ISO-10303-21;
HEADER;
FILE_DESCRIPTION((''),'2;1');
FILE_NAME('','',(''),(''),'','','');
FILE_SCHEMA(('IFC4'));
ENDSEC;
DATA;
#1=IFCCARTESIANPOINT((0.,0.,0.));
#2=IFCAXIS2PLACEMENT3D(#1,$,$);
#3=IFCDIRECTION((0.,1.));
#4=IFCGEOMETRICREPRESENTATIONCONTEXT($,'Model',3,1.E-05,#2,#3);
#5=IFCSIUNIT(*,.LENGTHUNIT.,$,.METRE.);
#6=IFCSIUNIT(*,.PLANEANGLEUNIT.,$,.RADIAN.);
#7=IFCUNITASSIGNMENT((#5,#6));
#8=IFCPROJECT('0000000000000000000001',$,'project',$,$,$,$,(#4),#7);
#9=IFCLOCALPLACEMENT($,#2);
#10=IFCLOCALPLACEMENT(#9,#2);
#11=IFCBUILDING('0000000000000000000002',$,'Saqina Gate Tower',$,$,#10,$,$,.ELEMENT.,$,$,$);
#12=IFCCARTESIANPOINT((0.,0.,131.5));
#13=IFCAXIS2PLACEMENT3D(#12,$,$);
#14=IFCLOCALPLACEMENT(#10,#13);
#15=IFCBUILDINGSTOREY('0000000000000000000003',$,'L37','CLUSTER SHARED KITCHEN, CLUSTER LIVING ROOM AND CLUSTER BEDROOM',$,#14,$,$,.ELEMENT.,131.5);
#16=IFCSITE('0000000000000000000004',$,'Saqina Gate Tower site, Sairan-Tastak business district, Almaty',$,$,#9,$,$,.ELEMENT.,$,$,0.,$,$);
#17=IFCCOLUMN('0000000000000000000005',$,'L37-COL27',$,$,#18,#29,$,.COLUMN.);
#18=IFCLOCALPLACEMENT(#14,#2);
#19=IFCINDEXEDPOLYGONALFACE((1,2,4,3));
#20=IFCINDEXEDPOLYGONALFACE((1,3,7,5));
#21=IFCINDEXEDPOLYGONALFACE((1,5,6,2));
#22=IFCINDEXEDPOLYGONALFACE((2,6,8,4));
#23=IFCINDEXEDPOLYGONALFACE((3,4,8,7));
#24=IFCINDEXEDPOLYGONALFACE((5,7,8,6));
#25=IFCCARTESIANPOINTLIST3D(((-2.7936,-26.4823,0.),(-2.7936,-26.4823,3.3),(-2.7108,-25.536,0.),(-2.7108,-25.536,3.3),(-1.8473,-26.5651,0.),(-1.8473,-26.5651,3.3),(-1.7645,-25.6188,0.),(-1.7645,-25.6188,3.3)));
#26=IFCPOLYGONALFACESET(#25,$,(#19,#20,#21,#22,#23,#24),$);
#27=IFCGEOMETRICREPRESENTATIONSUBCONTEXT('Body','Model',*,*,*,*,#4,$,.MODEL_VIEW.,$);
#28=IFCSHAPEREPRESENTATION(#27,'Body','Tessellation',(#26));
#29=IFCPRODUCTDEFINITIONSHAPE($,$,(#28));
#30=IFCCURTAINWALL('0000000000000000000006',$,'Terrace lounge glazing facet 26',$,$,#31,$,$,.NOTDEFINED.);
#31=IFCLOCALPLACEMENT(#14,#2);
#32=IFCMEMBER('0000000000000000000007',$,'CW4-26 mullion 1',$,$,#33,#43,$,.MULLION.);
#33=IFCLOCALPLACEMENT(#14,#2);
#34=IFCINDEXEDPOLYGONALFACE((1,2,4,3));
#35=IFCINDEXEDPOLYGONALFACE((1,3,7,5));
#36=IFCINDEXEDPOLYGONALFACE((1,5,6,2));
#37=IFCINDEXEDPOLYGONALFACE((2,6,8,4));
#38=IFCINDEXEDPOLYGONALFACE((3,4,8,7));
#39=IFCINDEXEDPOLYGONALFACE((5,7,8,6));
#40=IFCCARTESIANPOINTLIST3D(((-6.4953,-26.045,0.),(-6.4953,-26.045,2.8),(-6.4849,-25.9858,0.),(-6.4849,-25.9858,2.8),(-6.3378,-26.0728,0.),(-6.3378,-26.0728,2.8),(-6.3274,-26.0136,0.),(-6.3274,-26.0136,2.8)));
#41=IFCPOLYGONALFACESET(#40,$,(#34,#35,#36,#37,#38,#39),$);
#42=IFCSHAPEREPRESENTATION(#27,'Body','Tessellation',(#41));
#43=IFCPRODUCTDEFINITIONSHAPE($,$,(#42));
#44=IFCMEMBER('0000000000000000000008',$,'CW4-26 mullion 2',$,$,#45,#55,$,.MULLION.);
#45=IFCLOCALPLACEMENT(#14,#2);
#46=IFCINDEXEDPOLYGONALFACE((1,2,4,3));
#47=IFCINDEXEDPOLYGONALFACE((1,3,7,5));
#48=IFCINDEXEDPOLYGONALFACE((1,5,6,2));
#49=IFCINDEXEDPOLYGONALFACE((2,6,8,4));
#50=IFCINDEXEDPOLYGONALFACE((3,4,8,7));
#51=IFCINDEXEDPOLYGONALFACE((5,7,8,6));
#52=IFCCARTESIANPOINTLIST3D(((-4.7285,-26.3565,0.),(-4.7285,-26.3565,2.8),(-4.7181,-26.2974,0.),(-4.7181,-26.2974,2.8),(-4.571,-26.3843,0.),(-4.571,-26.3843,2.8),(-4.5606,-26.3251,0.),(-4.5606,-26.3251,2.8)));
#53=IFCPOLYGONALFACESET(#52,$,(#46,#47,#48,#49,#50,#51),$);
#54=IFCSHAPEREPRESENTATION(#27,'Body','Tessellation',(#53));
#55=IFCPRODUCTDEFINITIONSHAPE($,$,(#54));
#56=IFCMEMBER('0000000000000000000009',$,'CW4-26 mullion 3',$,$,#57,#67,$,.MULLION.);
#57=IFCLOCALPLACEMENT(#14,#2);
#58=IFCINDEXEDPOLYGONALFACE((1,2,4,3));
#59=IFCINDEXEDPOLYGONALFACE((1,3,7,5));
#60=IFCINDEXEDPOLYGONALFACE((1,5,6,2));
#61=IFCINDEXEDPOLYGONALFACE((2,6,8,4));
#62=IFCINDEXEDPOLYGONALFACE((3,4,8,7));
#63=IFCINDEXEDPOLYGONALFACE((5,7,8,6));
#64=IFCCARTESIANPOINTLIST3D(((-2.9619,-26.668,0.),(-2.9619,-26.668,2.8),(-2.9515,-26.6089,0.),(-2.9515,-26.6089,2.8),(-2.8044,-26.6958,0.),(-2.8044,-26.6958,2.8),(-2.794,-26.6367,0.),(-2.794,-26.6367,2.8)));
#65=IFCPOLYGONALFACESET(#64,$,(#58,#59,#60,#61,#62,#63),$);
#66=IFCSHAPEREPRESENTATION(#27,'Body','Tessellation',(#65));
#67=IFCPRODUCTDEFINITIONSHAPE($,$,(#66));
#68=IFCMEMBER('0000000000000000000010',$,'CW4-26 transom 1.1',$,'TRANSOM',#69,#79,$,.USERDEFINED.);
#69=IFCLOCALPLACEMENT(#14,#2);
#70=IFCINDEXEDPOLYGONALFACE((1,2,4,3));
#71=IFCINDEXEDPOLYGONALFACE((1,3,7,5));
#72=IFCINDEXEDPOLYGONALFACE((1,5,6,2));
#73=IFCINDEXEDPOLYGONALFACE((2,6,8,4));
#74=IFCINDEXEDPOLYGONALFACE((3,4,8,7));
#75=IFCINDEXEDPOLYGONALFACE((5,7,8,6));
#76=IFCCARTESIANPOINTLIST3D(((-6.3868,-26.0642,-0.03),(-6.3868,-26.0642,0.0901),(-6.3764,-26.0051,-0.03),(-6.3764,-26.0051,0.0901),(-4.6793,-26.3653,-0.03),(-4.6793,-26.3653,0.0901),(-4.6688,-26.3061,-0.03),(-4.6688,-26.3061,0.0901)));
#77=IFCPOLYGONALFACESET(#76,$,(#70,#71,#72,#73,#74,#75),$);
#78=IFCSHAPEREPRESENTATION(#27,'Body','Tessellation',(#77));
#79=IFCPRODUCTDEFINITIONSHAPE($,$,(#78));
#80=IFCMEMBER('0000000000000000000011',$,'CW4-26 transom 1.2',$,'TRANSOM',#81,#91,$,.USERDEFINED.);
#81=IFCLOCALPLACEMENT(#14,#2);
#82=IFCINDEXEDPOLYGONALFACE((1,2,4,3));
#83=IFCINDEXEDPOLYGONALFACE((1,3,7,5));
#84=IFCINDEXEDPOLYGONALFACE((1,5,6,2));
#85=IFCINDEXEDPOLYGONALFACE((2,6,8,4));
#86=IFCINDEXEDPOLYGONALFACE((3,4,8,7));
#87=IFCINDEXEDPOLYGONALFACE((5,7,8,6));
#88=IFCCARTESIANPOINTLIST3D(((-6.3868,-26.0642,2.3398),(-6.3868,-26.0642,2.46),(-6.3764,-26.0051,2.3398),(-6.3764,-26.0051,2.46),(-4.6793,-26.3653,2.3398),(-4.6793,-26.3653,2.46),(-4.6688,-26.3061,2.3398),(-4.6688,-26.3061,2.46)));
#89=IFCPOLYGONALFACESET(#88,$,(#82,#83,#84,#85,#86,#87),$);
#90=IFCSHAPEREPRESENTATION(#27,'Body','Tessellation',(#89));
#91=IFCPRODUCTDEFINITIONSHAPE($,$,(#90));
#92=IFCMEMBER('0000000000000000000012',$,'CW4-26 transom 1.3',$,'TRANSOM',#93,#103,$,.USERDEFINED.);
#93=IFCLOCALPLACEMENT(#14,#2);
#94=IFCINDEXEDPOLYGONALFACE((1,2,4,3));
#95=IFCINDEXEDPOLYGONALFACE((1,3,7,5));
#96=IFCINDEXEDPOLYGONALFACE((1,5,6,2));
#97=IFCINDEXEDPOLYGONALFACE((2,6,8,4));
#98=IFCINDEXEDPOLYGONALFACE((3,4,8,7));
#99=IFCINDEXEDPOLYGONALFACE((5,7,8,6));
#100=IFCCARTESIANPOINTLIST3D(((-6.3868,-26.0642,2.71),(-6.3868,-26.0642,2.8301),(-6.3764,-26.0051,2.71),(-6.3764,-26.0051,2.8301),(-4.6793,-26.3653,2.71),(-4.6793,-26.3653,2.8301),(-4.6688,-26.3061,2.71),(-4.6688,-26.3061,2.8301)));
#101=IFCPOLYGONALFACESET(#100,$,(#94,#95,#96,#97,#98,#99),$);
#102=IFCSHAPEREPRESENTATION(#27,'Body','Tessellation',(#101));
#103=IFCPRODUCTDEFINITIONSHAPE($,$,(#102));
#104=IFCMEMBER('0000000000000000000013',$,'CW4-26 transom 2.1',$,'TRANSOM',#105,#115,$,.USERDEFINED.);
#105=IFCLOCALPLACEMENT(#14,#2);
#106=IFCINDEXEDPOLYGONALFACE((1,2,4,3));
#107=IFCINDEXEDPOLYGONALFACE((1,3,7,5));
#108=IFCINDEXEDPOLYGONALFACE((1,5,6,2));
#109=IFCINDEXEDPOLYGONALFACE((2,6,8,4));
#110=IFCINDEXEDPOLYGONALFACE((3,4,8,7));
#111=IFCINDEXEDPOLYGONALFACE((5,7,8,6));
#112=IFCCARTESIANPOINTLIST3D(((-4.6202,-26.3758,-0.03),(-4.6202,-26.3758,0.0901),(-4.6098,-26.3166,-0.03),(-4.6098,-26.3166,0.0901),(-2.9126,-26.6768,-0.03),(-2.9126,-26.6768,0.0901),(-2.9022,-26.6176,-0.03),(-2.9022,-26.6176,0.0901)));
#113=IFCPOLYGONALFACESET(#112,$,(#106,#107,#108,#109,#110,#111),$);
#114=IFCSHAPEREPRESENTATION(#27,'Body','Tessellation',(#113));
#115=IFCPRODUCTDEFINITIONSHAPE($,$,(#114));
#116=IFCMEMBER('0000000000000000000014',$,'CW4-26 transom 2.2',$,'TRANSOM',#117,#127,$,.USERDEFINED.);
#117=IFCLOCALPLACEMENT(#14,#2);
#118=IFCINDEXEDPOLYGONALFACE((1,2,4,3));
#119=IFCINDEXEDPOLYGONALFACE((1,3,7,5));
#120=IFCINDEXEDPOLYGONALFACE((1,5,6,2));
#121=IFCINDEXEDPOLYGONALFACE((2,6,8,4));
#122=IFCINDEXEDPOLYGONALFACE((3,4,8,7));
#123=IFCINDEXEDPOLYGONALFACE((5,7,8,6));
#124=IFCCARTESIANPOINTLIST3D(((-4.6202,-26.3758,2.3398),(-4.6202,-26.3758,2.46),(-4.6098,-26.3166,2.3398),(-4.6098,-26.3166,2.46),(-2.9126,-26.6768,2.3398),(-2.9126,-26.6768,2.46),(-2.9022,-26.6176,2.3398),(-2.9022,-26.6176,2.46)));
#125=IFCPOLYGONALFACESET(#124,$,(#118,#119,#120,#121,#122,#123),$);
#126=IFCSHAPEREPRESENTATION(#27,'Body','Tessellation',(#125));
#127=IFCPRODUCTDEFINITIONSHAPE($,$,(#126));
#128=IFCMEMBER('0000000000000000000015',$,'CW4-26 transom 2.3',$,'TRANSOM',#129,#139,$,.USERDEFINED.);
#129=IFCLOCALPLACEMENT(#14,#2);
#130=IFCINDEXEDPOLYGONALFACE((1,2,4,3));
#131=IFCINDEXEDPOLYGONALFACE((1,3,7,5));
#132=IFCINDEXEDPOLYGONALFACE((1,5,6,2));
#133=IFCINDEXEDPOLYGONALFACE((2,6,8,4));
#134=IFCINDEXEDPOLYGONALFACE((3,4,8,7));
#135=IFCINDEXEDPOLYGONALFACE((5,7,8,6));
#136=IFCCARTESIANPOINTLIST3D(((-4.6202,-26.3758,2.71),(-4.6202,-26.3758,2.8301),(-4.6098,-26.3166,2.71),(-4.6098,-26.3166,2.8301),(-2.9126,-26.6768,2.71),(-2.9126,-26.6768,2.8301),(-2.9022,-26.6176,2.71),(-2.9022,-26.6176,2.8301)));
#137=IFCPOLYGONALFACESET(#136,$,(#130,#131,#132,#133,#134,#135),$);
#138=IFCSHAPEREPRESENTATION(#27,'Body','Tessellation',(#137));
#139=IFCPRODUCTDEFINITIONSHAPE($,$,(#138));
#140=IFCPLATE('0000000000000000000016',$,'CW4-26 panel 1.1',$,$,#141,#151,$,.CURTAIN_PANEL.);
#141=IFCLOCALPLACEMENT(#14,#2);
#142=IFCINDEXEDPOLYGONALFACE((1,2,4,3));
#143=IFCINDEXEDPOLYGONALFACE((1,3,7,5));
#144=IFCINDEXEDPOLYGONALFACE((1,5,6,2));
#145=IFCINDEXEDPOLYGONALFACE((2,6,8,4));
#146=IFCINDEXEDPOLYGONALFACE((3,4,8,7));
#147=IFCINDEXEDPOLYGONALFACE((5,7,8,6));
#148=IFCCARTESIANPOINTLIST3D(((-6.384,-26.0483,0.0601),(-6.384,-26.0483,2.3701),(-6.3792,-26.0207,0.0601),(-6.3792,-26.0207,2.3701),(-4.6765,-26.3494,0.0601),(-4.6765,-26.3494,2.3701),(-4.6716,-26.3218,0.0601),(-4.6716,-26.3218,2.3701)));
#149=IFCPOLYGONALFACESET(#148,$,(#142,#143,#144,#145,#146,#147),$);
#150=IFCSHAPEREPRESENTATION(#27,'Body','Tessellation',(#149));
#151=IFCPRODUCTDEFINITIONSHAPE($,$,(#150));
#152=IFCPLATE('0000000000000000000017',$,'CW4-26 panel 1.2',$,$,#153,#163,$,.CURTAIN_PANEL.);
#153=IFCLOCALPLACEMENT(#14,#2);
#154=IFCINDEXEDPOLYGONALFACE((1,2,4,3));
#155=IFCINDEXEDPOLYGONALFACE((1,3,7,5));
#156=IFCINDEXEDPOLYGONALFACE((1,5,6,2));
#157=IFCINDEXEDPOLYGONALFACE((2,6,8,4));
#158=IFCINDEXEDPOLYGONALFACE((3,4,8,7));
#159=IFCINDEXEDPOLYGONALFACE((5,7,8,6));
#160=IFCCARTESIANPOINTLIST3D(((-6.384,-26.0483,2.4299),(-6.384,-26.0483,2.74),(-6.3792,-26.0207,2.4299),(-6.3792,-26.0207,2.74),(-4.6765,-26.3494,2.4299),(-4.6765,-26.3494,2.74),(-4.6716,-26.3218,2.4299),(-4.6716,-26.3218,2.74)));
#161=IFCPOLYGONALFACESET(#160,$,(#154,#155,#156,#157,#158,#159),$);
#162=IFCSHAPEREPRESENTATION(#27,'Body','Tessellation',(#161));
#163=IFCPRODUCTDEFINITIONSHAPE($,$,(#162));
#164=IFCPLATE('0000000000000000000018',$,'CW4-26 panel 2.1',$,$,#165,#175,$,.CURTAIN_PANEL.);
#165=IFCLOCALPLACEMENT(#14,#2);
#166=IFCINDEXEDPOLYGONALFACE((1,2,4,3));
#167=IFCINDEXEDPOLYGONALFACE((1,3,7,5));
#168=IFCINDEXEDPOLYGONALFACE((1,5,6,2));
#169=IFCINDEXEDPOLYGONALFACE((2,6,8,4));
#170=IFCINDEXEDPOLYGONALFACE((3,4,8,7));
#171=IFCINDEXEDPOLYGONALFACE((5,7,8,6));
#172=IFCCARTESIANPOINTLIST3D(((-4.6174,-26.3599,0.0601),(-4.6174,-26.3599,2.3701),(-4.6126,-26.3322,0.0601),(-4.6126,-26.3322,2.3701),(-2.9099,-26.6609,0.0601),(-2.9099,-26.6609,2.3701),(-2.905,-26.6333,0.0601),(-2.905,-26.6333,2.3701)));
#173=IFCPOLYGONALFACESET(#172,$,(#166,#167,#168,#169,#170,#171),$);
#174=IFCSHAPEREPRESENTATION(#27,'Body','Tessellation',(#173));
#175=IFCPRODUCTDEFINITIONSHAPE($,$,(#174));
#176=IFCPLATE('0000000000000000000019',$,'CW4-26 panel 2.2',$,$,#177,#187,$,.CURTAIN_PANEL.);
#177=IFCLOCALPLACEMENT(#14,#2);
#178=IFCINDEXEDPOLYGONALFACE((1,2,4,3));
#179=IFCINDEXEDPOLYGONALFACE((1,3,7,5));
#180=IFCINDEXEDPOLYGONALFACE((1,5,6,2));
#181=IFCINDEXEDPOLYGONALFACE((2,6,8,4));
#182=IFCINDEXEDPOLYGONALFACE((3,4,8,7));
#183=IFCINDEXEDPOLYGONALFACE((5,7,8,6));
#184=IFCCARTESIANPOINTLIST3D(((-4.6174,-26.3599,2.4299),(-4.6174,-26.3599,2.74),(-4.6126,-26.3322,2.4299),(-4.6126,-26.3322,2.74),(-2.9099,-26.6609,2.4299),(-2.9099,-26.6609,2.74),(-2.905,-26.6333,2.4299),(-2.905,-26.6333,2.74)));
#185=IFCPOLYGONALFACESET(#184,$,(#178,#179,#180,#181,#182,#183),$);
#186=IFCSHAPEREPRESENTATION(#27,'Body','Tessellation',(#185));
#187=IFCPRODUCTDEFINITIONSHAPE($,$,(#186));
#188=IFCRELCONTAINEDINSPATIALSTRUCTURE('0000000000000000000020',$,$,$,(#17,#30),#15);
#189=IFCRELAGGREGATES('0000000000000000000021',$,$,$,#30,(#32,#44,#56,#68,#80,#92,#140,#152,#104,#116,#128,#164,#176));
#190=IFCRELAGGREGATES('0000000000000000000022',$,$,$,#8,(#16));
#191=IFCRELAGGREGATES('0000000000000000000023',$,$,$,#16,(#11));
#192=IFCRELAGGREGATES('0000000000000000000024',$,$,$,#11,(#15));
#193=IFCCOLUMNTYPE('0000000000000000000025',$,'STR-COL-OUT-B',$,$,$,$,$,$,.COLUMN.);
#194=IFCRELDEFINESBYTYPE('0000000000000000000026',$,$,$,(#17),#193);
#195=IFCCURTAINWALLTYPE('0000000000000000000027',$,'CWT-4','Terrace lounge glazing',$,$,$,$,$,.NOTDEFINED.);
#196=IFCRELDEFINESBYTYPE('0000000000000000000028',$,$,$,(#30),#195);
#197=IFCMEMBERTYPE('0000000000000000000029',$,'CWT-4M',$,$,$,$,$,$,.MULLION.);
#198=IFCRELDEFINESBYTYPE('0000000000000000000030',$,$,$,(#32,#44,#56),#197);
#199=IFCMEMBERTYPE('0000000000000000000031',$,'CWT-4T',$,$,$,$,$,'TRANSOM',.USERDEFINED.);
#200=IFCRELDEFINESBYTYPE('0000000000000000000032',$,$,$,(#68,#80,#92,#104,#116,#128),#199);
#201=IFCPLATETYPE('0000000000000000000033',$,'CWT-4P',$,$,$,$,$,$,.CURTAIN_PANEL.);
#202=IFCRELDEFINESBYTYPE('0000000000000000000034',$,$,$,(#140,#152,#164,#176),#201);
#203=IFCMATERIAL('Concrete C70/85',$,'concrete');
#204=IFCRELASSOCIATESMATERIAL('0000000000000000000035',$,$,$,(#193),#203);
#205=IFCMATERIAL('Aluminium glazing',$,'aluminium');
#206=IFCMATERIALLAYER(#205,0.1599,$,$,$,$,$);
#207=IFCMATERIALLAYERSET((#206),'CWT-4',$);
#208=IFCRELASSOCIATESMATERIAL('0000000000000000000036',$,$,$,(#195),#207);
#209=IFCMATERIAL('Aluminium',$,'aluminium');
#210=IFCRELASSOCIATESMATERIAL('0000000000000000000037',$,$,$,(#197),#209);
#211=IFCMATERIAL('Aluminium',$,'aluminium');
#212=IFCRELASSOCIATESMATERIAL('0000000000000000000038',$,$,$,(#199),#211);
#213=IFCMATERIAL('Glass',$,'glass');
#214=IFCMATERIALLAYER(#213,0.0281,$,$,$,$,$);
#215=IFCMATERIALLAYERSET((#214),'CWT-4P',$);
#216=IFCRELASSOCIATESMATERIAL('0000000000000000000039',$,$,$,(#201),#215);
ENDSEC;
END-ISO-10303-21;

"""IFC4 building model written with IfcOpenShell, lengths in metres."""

from ifc_helpers import new_model, si_unit, direction, frame, origin, origin_2d, place, context, subcontext, project, spatial, rectangle, extrude, material, layer, layer_set, material_profile, profile_set, type_object, element, aggregate, save


model = new_model("IFC4")

# Units and contexts
model_context = context("Model", 3, precision=1e-05, world=origin(), true_north=direction((0.0, 1.0)))
body_context = subcontext(model_context, "Body", "Model", "MODEL_VIEW")
ifc_project = project(units=[si_unit("LENGTHUNIT", "METRE"), si_unit("PLANEANGLEUNIT", "RADIAN")], contexts=[model_context])

# Site, building, storey
site_placement = place(None, origin())
site = spatial("IfcSite", under=ifc_project, at=site_placement, Name="Saqina Gate Tower site, Sairan-Tastak business district, Almaty", CompositionType="ELEMENT", RefElevation=0.0)
building_placement = place(site_placement, origin())
building = spatial("IfcBuilding", under=site, at=building_placement, Name="Saqina Gate Tower", CompositionType="ELEMENT")
storey_placement = place(building_placement, frame((0.0, 0.0, 131.5)))
storey = spatial("IfcBuildingStorey", under=building, at=storey_placement, Name="L37", Description="CLUSTER SHARED KITCHEN, CLUSTER LIVING ROOM AND CLUSTER BEDROOM", CompositionType="ELEMENT", Elevation=131.5)

# Column
ifc_material_1 = material(Name="Concrete C70/85", Category="concrete")
ifc_material_profile_1 = material_profile(ifc_material_1, rectangle(XDim=0.95, YDim=0.95, at=origin_2d()), Name="RC 950x950")
ifc_profile_set_1 = profile_set([ifc_material_profile_1], Name="Concrete C70/85")
column_type = type_object("IfcColumnType", Name="STR-COL-OUT-B", PredefinedType="COLUMN", material=ifc_profile_set_1)
column_placement = place(storey_placement, frame((-2.2791, -26.0505, 0.0), z_axis=(0.0, 0.0, 1.0), x_axis=(-0.087156, -0.996195, 0.0)))
element("IfcColumn", 1, at=column_placement, inside=storey, type_object=column_type, Name="L37-COL27", PredefinedType="COLUMN", context=body_context, shape_type="SweptSolid", body=[
    extrude(rectangle(XDim=0.95, YDim=0.95, at=origin_2d()), origin(), (0.0, 0.0, 1.0), 3.3),
])

# Curtain wall, members, plates
ifc_material_2 = material(Name="Aluminium glazing", Category="aluminium")
ifc_layer_1 = layer(ifc_material_2, 0.1599)
ifc_layer_set_1 = layer_set([ifc_layer_1], Name="CWT-4")
curtain_wall_type = type_object("IfcCurtainWallType", Name="CWT-4", Description="Terrace lounge glazing", PredefinedType="NOTDEFINED", material=ifc_layer_set_1)
curtain_wall_placement = place(storey_placement, origin())
curtain_wall = element("IfcCurtainWall", 2, at=curtain_wall_placement, inside=storey, type_object=curtain_wall_type, Name="Terrace lounge glazing facet 26", PredefinedType="NOTDEFINED")
ifc_material_3 = material(Name="Aluminium", Category="aluminium")
ifc_material_profile_2 = material_profile(ifc_material_3, rectangle(XDim=0.0601, YDim=0.1599, at=origin_2d()), Name="Aluminium 60x160")
ifc_profile_set_2 = profile_set([ifc_material_profile_2], Name="Aluminium")
member_type_1 = type_object("IfcMemberType", Name="CWT-4M", PredefinedType="MULLION", material=ifc_profile_set_2)
member_1_placement = place(storey_placement, frame((-6.4114, -26.0293, 0.0), z_axis=(0.0, 0.0, 1.0), x_axis=(0.173638, 0.984809, 0.0)))
member_1 = element("IfcMember", 3, at=member_1_placement, type_object=member_type_1, Name="CW4-26 mullion 1", PredefinedType="MULLION", context=body_context, shape_type="SweptSolid", body=[
    extrude(rectangle(XDim=0.0601, YDim=0.1599, at=origin_2d()), origin(), (0.0, 0.0, 1.0), 2.8),
])
member_2_placement = place(storey_placement, frame((-4.6445, -26.3408, 0.0), z_axis=(0.0, 0.0, 1.0), x_axis=(0.173638, 0.984809, 0.0)))
member_2 = element("IfcMember", 4, at=member_2_placement, type_object=member_type_1, Name="CW4-26 mullion 2", PredefinedType="MULLION", context=body_context, shape_type="SweptSolid", body=[
    extrude(rectangle(XDim=0.0601, YDim=0.1599, at=origin_2d()), origin(), (0.0, 0.0, 1.0), 2.8),
])
member_3_placement = place(storey_placement, frame((-2.8779, -26.6523, 0.0), z_axis=(0.0, 0.0, 1.0), x_axis=(0.173638, 0.984809, 0.0)))
member_3 = element("IfcMember", 5, at=member_3_placement, type_object=member_type_1, Name="CW4-26 mullion 3", PredefinedType="MULLION", context=body_context, shape_type="SweptSolid", body=[
    extrude(rectangle(XDim=0.0601, YDim=0.1599, at=origin_2d()), origin(), (0.0, 0.0, 1.0), 2.8),
])
ifc_material_4 = material(Name="Aluminium", Category="aluminium")
ifc_material_profile_3 = material_profile(ifc_material_4, rectangle(XDim=0.0601, YDim=0.1201, at=origin_2d()), Name="Aluminium 60x120")
ifc_profile_set_3 = profile_set([ifc_material_profile_3], Name="Aluminium")
member_type_2 = type_object("IfcMemberType", Name="CWT-4T", ElementType="TRANSOM", PredefinedType="USERDEFINED", material=ifc_profile_set_3)
member_4_placement = place(storey_placement, frame((-6.3816, -26.0347, 0.03), z_axis=(0.984813, -0.173617, 0.0), x_axis=(0.173617, 0.984813, 0.0)))
member_4 = element("IfcMember", 6, at=member_4_placement, type_object=member_type_2, Name="CW4-26 transom 1.1", ObjectType="TRANSOM", PredefinedType="USERDEFINED", context=body_context, shape_type="SweptSolid", body=[
    extrude(rectangle(XDim=0.0601, YDim=0.1201, at=origin_2d()), origin(), (0.0, 0.0, 1.0), 1.7339),
])
member_5_placement = place(storey_placement, frame((-6.3816, -26.0347, 2.3999), z_axis=(0.984813, -0.173617, 0.0), x_axis=(0.173617, 0.984813, 0.0)))
member_5 = element("IfcMember", 7, at=member_5_placement, type_object=member_type_2, Name="CW4-26 transom 1.2", ObjectType="TRANSOM", PredefinedType="USERDEFINED", context=body_context, shape_type="SweptSolid", body=[
    extrude(rectangle(XDim=0.0601, YDim=0.1201, at=origin_2d()), origin(), (0.0, 0.0, 1.0), 1.7339),
])
member_6_placement = place(storey_placement, frame((-6.3816, -26.0347, 2.77), z_axis=(0.984813, -0.173617, 0.0), x_axis=(0.173617, 0.984813, 0.0)))
member_6 = element("IfcMember", 8, at=member_6_placement, type_object=member_type_2, Name="CW4-26 transom 1.3", ObjectType="TRANSOM", PredefinedType="USERDEFINED", context=body_context, shape_type="SweptSolid", body=[
    extrude(rectangle(XDim=0.0601, YDim=0.1201, at=origin_2d()), origin(), (0.0, 0.0, 1.0), 1.7339),
])
member_7_placement = place(storey_placement, frame((-4.615, -26.3462, 0.03), z_axis=(0.984813, -0.173617, 0.0), x_axis=(0.173617, 0.984813, 0.0)))
member_7 = element("IfcMember", 9, at=member_7_placement, type_object=member_type_2, Name="CW4-26 transom 2.1", ObjectType="TRANSOM", PredefinedType="USERDEFINED", context=body_context, shape_type="SweptSolid", body=[
    extrude(rectangle(XDim=0.0601, YDim=0.1201, at=origin_2d()), origin(), (0.0, 0.0, 1.0), 1.7339),
])
member_8_placement = place(storey_placement, frame((-4.615, -26.3462, 2.3999), z_axis=(0.984813, -0.173617, 0.0), x_axis=(0.173617, 0.984813, 0.0)))
member_8 = element("IfcMember", 10, at=member_8_placement, type_object=member_type_2, Name="CW4-26 transom 2.2", ObjectType="TRANSOM", PredefinedType="USERDEFINED", context=body_context, shape_type="SweptSolid", body=[
    extrude(rectangle(XDim=0.0601, YDim=0.1201, at=origin_2d()), origin(), (0.0, 0.0, 1.0), 1.7339),
])
member_9_placement = place(storey_placement, frame((-4.615, -26.3462, 2.77), z_axis=(0.984813, -0.173617, 0.0), x_axis=(0.173617, 0.984813, 0.0)))
member_9 = element("IfcMember", 11, at=member_9_placement, type_object=member_type_2, Name="CW4-26 transom 2.3", ObjectType="TRANSOM", PredefinedType="USERDEFINED", context=body_context, shape_type="SweptSolid", body=[
    extrude(rectangle(XDim=0.0601, YDim=0.1201, at=origin_2d()), origin(), (0.0, 0.0, 1.0), 1.7339),
])
ifc_material_5 = material(Name="Glass", Category="glass")
ifc_layer_2 = layer(ifc_material_5, 0.0281)
ifc_layer_set_2 = layer_set([ifc_layer_2], Name="CWT-4P")
plate_type = type_object("IfcPlateType", Name="CWT-4P", PredefinedType="CURTAIN_PANEL", material=ifc_layer_set_2)
plate_1_placement = place(storey_placement, frame((-5.5278, -26.1851, 0.0601), z_axis=(0.0, 0.0, 1.0), x_axis=(0.984809, -0.173638, 0.0)))
plate_1 = element("IfcPlate", 12, at=plate_1_placement, type_object=plate_type, Name="CW4-26 panel 1.1", PredefinedType="CURTAIN_PANEL", context=body_context, shape_type="SweptSolid", body=[
    extrude(rectangle(XDim=1.7339, YDim=0.0281, at=origin_2d()), origin(), (0.0, 0.0, 1.0), 2.3101),
])
plate_2_placement = place(storey_placement, frame((-5.5278, -26.1851, 2.4299), z_axis=(0.0, 0.0, 1.0), x_axis=(0.984809, -0.173638, 0.0)))
plate_2 = element("IfcPlate", 13, at=plate_2_placement, type_object=plate_type, Name="CW4-26 panel 1.2", PredefinedType="CURTAIN_PANEL", context=body_context, shape_type="SweptSolid", body=[
    extrude(rectangle(XDim=1.7339, YDim=0.0281, at=origin_2d()), origin(), (0.0, 0.0, 1.0), 0.3101),
])
plate_3_placement = place(storey_placement, frame((-3.7612, -26.4966, 0.0601), z_axis=(0.0, 0.0, 1.0), x_axis=(0.984809, -0.173638, 0.0)))
plate_3 = element("IfcPlate", 14, at=plate_3_placement, type_object=plate_type, Name="CW4-26 panel 2.1", PredefinedType="CURTAIN_PANEL", context=body_context, shape_type="SweptSolid", body=[
    extrude(rectangle(XDim=1.7339, YDim=0.0281, at=origin_2d()), origin(), (0.0, 0.0, 1.0), 2.3101),
])
plate_4_placement = place(storey_placement, frame((-3.7612, -26.4966, 2.4299), z_axis=(0.0, 0.0, 1.0), x_axis=(0.984809, -0.173638, 0.0)))
plate_4 = element("IfcPlate", 15, at=plate_4_placement, type_object=plate_type, Name="CW4-26 panel 2.2", PredefinedType="CURTAIN_PANEL", context=body_context, shape_type="SweptSolid", body=[
    extrude(rectangle(XDim=1.7339, YDim=0.0281, at=origin_2d()), origin(), (0.0, 0.0, 1.0), 0.3101),
])
aggregate(curtain_wall, [member_1, member_2, member_3, member_4, member_5, member_6, plate_1, plate_2, member_7, member_8, member_9, plate_3, plate_4])

save(model, "model.ifc")
